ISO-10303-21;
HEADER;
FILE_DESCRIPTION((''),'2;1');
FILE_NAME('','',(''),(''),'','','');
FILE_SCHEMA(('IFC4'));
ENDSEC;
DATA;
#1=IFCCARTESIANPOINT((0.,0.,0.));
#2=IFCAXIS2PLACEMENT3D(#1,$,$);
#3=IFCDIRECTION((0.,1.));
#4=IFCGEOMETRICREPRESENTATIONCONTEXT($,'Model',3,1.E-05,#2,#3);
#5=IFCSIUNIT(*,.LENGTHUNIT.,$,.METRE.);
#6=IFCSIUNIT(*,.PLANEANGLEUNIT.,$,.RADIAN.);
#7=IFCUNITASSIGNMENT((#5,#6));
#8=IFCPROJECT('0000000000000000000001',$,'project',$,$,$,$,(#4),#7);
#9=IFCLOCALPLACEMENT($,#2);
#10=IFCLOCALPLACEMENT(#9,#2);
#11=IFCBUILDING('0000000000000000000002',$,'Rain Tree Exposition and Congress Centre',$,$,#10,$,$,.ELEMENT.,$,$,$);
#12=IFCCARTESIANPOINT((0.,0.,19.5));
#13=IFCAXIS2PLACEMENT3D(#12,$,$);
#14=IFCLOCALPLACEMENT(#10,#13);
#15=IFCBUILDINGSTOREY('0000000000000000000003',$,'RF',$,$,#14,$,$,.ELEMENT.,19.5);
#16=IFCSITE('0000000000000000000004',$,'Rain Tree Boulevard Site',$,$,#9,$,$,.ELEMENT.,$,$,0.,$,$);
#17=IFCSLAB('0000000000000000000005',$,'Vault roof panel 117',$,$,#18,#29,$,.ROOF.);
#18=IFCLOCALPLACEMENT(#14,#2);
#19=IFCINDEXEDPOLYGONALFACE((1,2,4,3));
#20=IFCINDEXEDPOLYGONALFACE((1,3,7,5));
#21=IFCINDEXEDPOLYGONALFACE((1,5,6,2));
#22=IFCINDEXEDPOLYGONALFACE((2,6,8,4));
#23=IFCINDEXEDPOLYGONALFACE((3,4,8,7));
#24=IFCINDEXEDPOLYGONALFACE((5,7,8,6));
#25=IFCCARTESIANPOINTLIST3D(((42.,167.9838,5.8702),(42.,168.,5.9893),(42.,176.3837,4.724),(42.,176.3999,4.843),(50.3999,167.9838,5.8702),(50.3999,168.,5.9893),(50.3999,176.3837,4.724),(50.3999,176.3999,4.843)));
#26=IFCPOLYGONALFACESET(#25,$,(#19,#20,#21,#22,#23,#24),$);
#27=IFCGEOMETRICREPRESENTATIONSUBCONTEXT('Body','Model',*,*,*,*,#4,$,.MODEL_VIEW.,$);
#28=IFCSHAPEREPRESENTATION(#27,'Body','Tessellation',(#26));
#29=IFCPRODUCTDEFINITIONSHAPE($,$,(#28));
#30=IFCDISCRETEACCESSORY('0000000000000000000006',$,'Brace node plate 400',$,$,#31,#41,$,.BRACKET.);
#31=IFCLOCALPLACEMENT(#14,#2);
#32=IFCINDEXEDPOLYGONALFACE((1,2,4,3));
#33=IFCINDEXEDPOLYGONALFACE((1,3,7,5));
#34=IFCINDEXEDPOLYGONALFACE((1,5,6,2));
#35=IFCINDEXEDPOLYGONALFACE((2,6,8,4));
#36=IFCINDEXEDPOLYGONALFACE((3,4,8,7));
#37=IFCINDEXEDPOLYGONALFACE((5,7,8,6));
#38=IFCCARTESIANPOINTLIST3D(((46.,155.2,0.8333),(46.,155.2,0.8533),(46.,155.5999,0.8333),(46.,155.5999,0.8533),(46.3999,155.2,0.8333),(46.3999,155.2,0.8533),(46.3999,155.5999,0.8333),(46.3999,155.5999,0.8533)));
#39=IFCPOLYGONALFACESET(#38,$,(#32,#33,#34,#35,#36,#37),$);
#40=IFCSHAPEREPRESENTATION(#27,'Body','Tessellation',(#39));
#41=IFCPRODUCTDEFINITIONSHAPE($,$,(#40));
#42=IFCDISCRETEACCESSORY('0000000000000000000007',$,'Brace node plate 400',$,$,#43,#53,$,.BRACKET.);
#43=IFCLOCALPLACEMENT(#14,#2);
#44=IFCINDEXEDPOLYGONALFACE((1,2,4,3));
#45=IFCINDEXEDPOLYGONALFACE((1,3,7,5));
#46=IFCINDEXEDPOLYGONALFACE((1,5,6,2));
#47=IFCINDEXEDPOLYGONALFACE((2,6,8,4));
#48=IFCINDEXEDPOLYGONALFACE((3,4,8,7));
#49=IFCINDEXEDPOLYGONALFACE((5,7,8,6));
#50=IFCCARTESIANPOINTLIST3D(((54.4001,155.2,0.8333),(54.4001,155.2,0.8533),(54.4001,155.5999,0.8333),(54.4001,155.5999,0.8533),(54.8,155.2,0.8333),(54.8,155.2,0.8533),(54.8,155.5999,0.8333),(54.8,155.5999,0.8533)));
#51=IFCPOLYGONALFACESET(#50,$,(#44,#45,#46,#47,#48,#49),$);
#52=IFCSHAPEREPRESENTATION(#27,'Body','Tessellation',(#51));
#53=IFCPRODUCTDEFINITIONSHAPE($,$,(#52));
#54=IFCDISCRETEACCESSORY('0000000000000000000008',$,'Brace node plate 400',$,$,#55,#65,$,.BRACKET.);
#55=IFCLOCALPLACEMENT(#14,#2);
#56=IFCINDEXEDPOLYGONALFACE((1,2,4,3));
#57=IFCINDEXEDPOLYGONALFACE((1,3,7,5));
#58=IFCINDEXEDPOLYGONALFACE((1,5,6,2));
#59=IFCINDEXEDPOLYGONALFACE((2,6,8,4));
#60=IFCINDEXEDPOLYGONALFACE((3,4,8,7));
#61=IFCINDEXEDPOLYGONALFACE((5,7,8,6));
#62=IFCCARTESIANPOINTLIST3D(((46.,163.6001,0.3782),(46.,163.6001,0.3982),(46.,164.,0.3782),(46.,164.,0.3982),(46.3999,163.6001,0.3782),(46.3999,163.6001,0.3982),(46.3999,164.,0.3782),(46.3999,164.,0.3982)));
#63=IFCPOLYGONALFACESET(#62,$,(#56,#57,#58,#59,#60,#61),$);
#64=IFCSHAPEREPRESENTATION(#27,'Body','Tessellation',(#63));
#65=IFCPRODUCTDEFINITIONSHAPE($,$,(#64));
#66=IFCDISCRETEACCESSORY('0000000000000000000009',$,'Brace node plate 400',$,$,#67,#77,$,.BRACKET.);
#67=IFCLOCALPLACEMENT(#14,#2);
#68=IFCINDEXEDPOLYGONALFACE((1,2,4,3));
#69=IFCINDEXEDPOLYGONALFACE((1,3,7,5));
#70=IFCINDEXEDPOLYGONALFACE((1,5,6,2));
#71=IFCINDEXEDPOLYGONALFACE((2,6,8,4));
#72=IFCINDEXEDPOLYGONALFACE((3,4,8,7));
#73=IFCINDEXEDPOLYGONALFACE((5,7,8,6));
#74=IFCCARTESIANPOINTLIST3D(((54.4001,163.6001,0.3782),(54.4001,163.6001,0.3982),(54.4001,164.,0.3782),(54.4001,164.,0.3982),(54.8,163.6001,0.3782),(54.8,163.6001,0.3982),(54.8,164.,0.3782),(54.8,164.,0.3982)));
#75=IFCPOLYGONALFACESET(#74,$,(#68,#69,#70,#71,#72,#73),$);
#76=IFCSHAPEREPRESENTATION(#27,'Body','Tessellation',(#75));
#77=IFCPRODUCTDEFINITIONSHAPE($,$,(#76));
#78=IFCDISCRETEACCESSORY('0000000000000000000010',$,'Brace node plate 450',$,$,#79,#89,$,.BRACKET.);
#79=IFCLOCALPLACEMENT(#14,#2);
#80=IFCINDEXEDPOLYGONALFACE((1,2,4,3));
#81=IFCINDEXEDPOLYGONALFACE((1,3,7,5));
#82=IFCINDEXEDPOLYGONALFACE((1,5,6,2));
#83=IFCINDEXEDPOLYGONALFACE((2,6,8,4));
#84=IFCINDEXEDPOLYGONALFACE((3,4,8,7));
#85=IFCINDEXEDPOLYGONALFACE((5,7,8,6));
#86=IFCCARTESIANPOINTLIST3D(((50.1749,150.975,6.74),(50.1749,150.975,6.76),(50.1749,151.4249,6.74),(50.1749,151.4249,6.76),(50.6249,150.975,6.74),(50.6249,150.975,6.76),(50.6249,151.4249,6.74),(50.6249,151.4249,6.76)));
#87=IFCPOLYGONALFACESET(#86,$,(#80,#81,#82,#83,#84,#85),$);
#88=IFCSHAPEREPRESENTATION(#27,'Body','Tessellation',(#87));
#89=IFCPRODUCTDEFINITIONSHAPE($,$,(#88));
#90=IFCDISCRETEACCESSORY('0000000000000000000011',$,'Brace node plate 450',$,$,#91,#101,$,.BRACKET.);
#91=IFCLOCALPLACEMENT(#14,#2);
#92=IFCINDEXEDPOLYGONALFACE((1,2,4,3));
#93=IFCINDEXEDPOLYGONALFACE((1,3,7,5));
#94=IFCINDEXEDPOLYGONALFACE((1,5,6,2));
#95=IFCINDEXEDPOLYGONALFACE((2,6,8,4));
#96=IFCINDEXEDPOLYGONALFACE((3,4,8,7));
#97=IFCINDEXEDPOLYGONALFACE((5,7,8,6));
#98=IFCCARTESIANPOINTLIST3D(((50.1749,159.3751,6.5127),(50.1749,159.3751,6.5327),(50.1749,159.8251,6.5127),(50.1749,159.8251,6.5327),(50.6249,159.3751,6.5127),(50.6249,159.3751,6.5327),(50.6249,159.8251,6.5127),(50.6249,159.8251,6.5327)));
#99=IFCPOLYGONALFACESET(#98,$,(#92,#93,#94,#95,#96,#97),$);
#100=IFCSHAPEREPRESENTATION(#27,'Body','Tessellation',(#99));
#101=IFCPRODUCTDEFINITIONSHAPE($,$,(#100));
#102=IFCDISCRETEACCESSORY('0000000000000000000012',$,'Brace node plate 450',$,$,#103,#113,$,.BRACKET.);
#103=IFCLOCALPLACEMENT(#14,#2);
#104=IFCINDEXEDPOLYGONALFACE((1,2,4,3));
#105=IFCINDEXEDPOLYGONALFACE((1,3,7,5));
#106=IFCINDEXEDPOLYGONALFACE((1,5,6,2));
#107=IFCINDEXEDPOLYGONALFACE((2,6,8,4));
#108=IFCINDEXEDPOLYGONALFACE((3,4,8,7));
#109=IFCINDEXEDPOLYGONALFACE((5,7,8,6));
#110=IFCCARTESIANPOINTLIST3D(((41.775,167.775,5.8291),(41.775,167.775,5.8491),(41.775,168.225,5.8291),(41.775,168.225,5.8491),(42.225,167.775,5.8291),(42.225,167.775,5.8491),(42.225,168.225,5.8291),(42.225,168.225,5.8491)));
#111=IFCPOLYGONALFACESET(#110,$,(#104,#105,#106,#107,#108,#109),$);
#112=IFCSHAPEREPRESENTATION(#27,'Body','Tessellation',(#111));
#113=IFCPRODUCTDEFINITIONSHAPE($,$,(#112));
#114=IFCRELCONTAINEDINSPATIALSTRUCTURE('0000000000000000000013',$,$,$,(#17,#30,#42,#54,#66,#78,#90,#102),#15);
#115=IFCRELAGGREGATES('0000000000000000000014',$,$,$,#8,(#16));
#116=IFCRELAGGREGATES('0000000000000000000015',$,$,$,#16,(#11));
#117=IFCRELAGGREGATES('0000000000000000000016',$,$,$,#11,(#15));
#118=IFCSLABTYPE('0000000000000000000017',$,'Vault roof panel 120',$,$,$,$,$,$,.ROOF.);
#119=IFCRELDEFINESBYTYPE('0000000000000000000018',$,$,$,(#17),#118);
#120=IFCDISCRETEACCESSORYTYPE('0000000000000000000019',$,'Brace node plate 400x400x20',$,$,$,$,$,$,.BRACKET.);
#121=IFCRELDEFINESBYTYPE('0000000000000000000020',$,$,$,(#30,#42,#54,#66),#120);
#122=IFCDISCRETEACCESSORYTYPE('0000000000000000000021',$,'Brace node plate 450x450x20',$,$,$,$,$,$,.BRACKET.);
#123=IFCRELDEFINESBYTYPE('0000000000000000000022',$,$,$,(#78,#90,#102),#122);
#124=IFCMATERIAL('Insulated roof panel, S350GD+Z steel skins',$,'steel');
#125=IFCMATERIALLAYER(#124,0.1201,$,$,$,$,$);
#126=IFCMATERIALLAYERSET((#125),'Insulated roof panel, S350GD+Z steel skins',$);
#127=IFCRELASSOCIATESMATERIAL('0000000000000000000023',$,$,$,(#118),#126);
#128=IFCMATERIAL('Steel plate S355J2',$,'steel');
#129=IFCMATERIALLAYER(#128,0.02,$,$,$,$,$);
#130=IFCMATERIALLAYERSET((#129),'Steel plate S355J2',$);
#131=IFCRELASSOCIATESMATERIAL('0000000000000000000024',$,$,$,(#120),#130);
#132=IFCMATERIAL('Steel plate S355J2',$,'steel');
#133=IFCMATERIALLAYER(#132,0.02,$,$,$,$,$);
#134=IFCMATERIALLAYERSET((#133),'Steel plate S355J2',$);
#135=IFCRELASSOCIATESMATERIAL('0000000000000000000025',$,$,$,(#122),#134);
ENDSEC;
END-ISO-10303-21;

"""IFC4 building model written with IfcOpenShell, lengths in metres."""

from ifc_helpers import new_model, si_unit, direction, frame, origin, origin_2d, place, context, subcontext, project, spatial, polyline, rectangle, outline, extrude, material, layer, layer_set, type_object, element, save


model = new_model("IFC4")

# Units and contexts
model_context = context("Model", 3, precision=1e-05, world=origin(), true_north=direction((0.0, 1.0)))
body_context = subcontext(model_context, "Body", "Model", "MODEL_VIEW")
ifc_project = project(units=[si_unit("LENGTHUNIT", "METRE"), si_unit("PLANEANGLEUNIT", "RADIAN")], contexts=[model_context])

# Site, building, storey
site_placement = place(None, origin())
site = spatial("IfcSite", under=ifc_project, at=site_placement, Name="Rain Tree Boulevard Site", CompositionType="ELEMENT", RefElevation=0.0)
building_placement = place(site_placement, origin())
building = spatial("IfcBuilding", under=site, at=building_placement, Name="Rain Tree Exposition and Congress Centre", CompositionType="ELEMENT")
storey_placement = place(building_placement, frame((0.0, 0.0, 19.5)))
storey = spatial("IfcBuildingStorey", under=building, at=storey_placement, Name="RF", CompositionType="ELEMENT", Elevation=19.5)

# Slab
ifc_material_1 = material(Name="Insulated roof panel, S350GD+Z steel skins", Category="steel")
ifc_layer_1 = layer(ifc_material_1, 0.1201)
ifc_layer_set_1 = layer_set([ifc_layer_1], Name="Insulated roof panel, S350GD+Z steel skins")
slab_type = type_object("IfcSlabType", Name="Vault roof panel 120", PredefinedType="ROOF", material=ifc_layer_set_1)
slab_placement = place(storey_placement, frame((42.0, 168.0, 5.9893), z_axis=(0.0, 0.135206, 0.990818), x_axis=(1.0, 0.0, 0.0)))
element("IfcSlab", 1, at=slab_placement, inside=storey, type_object=slab_type, Name="Vault roof panel 117", PredefinedType="ROOF", context=body_context, shape_type="SweptSolid", body=[
    extrude(outline(polyline([(0.0, 0.0), (8.3999, 0.0), (8.3999, 8.4777), (0.0, 8.4777), (0.0, 0.0)])), origin(), (0.0, 0.0, -1.0), 0.1201),
])

# Discrete accessories
ifc_material_2 = material(Name="Steel plate S355J2", Category="steel")
ifc_layer_2 = layer(ifc_material_2, 0.02)
ifc_layer_set_2 = layer_set([ifc_layer_2], Name="Steel plate S355J2")
discrete_accessory_type_1 = type_object("IfcDiscreteAccessoryType", Name="Brace node plate 400x400x20", PredefinedType="BRACKET", material=ifc_layer_set_2)
for number, where, z_axis, x_axis, name in (
    (2, (46.2, 155.3999, 0.8333), (0.0, 0.0, 1.0), (1.0, 0.0, 0.0), "Brace node plate 400"),
    (3, (54.6001, 155.3999, 0.8333), (0.0, 0.0, 1.0), (1.0, 0.0, 0.0), "Brace node plate 400"),
    (4, (46.2, 163.8, 0.3782), (0.0, 0.0, 1.0), (1.0, 0.0, 0.0), "Brace node plate 400"),
    (5, (54.6001, 163.8, 0.3782), (0.0, 0.0, 1.0), (1.0, 0.0, 0.0), "Brace node plate 400"),
):
    element("IfcDiscreteAccessory", number, at=place(storey_placement, frame(where, z_axis=z_axis, x_axis=x_axis)), inside=storey, type_object=discrete_accessory_type_1, Name=name, PredefinedType="BRACKET", context=body_context, shape_type="SweptSolid", body=[
        extrude(rectangle(XDim=0.3999, YDim=0.3999, at=origin_2d()), origin(), (0.0, 0.0, 1.0), 0.02),
    ])
ifc_material_3 = material(Name="Steel plate S355J2", Category="steel")
ifc_layer_3 = layer(ifc_material_3, 0.02)
ifc_layer_set_3 = layer_set([ifc_layer_3], Name="Steel plate S355J2")
discrete_accessory_type_2 = type_object("IfcDiscreteAccessoryType", Name="Brace node plate 450x450x20", PredefinedType="BRACKET", material=ifc_layer_set_3)
for number, where, z_axis, x_axis, name in (
    (6, (50.3999, 151.2, 6.74), (0.0, 0.0, 1.0), (1.0, 0.0, 0.0), "Brace node plate 450"),
    (7, (50.3999, 159.6001, 6.5127), (0.0, 0.0, 1.0), (1.0, 0.0, 0.0), "Brace node plate 450"),
    (8, (42.0, 168.0, 5.8291), (0.0, 0.0, 1.0), (1.0, 0.0, 0.0), "Brace node plate 450"),
):
    element("IfcDiscreteAccessory", number, at=place(storey_placement, frame(where, z_axis=z_axis, x_axis=x_axis)), inside=storey, type_object=discrete_accessory_type_2, Name=name, PredefinedType="BRACKET", context=body_context, shape_type="SweptSolid", body=[
        extrude(rectangle(XDim=0.45, YDim=0.45, at=origin_2d()), origin(), (0.0, 0.0, 1.0), 0.02),
    ])

save(model, "model.ifc")
